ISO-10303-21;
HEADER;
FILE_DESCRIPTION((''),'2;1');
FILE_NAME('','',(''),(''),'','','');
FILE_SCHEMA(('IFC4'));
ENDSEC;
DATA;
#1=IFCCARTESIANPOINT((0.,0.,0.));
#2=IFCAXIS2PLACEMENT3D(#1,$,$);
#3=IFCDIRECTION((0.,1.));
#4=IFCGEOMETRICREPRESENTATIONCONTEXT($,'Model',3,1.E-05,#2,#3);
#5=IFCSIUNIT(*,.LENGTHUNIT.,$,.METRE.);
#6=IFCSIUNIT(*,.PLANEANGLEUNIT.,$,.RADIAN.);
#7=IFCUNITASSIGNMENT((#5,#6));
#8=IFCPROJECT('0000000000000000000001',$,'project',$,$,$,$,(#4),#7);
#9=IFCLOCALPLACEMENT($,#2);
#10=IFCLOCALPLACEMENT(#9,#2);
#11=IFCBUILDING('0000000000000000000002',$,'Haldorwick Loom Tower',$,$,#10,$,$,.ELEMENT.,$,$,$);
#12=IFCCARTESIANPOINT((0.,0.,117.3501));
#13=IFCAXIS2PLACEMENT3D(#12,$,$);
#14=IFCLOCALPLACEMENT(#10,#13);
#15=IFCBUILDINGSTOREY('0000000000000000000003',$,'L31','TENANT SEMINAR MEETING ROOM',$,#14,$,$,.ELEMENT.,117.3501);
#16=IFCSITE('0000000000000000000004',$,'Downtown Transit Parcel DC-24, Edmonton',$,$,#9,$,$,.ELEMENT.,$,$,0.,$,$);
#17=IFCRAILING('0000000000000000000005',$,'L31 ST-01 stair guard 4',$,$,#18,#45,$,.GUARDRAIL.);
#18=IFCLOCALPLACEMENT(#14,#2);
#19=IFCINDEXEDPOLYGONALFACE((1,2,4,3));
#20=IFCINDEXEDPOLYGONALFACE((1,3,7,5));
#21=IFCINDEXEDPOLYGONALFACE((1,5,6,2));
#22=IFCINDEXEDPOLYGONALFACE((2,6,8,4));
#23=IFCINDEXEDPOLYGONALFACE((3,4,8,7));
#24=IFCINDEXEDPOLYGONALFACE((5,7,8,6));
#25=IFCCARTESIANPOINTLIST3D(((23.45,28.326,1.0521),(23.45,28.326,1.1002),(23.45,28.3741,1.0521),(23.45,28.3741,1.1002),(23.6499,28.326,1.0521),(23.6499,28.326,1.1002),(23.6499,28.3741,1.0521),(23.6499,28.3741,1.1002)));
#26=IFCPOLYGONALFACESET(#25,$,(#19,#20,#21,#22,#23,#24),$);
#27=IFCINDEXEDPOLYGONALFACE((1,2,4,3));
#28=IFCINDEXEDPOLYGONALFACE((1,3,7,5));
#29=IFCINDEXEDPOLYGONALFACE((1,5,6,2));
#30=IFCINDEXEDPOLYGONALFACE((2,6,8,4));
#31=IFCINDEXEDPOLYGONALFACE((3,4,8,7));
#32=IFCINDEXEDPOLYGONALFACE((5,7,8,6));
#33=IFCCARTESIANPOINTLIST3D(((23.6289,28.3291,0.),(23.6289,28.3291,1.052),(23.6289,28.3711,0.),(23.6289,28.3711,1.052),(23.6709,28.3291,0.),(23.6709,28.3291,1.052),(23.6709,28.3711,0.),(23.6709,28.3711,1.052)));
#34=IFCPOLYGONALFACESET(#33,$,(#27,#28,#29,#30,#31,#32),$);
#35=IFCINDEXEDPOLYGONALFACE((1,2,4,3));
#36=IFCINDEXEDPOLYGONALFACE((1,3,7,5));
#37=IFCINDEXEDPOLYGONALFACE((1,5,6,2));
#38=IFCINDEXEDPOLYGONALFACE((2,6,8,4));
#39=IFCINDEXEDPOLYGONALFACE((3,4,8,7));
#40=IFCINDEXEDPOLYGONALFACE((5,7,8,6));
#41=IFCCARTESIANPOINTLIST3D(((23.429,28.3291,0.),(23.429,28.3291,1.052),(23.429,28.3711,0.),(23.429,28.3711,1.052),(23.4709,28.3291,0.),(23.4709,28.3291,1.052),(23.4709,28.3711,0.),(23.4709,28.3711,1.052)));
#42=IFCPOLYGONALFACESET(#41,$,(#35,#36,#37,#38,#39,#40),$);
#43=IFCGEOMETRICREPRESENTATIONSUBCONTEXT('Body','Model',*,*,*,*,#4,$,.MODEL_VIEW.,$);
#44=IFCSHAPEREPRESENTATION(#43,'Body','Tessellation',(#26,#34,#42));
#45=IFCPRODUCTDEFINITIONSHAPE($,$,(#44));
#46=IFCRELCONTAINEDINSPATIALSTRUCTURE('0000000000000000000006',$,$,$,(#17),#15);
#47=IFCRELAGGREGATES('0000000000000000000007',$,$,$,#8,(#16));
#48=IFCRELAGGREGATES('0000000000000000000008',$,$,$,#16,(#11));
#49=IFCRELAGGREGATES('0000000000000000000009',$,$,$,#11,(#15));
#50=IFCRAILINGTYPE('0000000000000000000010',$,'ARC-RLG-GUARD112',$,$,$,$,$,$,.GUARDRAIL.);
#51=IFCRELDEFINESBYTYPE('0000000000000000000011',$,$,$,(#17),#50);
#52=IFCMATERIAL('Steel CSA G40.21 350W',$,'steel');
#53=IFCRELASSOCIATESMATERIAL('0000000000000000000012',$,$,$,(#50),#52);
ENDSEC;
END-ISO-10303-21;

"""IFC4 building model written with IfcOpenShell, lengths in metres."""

from ifc_helpers import new_model, si_unit, direction, frame, origin, origin_2d, place, context, subcontext, project, spatial, rectangle, extrude, material, type_object, element, save


model = new_model("IFC4")

# Units and contexts
model_context = context("Model", 3, precision=1e-05, world=origin(), true_north=direction((0.0, 1.0)))
body_context = subcontext(model_context, "Body", "Model", "MODEL_VIEW")
ifc_project = project(units=[si_unit("LENGTHUNIT", "METRE"), si_unit("PLANEANGLEUNIT", "RADIAN")], contexts=[model_context])

# Site, building, storey
site_placement = place(None, origin())
site = spatial("IfcSite", under=ifc_project, at=site_placement, Name="Downtown Transit Parcel DC-24, Edmonton", CompositionType="ELEMENT", RefElevation=0.0)
building_placement = place(site_placement, origin())
building = spatial("IfcBuilding", under=site, at=building_placement, Name="Haldorwick Loom Tower", CompositionType="ELEMENT")
storey_placement = place(building_placement, frame((0.0, 0.0, 117.3501)))
storey = spatial("IfcBuildingStorey", under=building, at=storey_placement, Name="L31", Description="TENANT SEMINAR MEETING ROOM", CompositionType="ELEMENT", Elevation=117.3501)

# Shared definitions
ifc_material_1 = material(Name="Steel CSA G40.21 350W", Category="steel")

# Railing
railing_type = type_object("IfcRailingType", Name="ARC-RLG-GUARD112", PredefinedType="GUARDRAIL", material=ifc_material_1)
railing_placement = place(storey_placement, frame((23.6499, 28.3501, 0.0)))
element("IfcRailing", 1, at=railing_placement, inside=storey, type_object=railing_type, Name="L31 ST-01 stair guard 4", PredefinedType="GUARDRAIL", context=body_context, shape_type="SweptSolid", body=[
    extrude(rectangle(XDim=0.0481, YDim=0.0481, at=origin_2d()), frame((0.0, 0.0, 1.0762), z_axis=(-1.0, 0.0, 0.0), x_axis=(0.0, -1.0, 0.0)), (0.0, 0.0, 1.0), 0.2),
    extrude(rectangle(XDim=0.042, YDim=0.042, at=origin_2d()), origin(), (0.0, 0.0, 1.0), 1.052),
    extrude(rectangle(XDim=0.042, YDim=0.042, at=origin_2d()), frame((-0.2, 0.0, 0.0)), (0.0, 0.0, 1.0), 1.052),
])

save(model, "model.ifc")
